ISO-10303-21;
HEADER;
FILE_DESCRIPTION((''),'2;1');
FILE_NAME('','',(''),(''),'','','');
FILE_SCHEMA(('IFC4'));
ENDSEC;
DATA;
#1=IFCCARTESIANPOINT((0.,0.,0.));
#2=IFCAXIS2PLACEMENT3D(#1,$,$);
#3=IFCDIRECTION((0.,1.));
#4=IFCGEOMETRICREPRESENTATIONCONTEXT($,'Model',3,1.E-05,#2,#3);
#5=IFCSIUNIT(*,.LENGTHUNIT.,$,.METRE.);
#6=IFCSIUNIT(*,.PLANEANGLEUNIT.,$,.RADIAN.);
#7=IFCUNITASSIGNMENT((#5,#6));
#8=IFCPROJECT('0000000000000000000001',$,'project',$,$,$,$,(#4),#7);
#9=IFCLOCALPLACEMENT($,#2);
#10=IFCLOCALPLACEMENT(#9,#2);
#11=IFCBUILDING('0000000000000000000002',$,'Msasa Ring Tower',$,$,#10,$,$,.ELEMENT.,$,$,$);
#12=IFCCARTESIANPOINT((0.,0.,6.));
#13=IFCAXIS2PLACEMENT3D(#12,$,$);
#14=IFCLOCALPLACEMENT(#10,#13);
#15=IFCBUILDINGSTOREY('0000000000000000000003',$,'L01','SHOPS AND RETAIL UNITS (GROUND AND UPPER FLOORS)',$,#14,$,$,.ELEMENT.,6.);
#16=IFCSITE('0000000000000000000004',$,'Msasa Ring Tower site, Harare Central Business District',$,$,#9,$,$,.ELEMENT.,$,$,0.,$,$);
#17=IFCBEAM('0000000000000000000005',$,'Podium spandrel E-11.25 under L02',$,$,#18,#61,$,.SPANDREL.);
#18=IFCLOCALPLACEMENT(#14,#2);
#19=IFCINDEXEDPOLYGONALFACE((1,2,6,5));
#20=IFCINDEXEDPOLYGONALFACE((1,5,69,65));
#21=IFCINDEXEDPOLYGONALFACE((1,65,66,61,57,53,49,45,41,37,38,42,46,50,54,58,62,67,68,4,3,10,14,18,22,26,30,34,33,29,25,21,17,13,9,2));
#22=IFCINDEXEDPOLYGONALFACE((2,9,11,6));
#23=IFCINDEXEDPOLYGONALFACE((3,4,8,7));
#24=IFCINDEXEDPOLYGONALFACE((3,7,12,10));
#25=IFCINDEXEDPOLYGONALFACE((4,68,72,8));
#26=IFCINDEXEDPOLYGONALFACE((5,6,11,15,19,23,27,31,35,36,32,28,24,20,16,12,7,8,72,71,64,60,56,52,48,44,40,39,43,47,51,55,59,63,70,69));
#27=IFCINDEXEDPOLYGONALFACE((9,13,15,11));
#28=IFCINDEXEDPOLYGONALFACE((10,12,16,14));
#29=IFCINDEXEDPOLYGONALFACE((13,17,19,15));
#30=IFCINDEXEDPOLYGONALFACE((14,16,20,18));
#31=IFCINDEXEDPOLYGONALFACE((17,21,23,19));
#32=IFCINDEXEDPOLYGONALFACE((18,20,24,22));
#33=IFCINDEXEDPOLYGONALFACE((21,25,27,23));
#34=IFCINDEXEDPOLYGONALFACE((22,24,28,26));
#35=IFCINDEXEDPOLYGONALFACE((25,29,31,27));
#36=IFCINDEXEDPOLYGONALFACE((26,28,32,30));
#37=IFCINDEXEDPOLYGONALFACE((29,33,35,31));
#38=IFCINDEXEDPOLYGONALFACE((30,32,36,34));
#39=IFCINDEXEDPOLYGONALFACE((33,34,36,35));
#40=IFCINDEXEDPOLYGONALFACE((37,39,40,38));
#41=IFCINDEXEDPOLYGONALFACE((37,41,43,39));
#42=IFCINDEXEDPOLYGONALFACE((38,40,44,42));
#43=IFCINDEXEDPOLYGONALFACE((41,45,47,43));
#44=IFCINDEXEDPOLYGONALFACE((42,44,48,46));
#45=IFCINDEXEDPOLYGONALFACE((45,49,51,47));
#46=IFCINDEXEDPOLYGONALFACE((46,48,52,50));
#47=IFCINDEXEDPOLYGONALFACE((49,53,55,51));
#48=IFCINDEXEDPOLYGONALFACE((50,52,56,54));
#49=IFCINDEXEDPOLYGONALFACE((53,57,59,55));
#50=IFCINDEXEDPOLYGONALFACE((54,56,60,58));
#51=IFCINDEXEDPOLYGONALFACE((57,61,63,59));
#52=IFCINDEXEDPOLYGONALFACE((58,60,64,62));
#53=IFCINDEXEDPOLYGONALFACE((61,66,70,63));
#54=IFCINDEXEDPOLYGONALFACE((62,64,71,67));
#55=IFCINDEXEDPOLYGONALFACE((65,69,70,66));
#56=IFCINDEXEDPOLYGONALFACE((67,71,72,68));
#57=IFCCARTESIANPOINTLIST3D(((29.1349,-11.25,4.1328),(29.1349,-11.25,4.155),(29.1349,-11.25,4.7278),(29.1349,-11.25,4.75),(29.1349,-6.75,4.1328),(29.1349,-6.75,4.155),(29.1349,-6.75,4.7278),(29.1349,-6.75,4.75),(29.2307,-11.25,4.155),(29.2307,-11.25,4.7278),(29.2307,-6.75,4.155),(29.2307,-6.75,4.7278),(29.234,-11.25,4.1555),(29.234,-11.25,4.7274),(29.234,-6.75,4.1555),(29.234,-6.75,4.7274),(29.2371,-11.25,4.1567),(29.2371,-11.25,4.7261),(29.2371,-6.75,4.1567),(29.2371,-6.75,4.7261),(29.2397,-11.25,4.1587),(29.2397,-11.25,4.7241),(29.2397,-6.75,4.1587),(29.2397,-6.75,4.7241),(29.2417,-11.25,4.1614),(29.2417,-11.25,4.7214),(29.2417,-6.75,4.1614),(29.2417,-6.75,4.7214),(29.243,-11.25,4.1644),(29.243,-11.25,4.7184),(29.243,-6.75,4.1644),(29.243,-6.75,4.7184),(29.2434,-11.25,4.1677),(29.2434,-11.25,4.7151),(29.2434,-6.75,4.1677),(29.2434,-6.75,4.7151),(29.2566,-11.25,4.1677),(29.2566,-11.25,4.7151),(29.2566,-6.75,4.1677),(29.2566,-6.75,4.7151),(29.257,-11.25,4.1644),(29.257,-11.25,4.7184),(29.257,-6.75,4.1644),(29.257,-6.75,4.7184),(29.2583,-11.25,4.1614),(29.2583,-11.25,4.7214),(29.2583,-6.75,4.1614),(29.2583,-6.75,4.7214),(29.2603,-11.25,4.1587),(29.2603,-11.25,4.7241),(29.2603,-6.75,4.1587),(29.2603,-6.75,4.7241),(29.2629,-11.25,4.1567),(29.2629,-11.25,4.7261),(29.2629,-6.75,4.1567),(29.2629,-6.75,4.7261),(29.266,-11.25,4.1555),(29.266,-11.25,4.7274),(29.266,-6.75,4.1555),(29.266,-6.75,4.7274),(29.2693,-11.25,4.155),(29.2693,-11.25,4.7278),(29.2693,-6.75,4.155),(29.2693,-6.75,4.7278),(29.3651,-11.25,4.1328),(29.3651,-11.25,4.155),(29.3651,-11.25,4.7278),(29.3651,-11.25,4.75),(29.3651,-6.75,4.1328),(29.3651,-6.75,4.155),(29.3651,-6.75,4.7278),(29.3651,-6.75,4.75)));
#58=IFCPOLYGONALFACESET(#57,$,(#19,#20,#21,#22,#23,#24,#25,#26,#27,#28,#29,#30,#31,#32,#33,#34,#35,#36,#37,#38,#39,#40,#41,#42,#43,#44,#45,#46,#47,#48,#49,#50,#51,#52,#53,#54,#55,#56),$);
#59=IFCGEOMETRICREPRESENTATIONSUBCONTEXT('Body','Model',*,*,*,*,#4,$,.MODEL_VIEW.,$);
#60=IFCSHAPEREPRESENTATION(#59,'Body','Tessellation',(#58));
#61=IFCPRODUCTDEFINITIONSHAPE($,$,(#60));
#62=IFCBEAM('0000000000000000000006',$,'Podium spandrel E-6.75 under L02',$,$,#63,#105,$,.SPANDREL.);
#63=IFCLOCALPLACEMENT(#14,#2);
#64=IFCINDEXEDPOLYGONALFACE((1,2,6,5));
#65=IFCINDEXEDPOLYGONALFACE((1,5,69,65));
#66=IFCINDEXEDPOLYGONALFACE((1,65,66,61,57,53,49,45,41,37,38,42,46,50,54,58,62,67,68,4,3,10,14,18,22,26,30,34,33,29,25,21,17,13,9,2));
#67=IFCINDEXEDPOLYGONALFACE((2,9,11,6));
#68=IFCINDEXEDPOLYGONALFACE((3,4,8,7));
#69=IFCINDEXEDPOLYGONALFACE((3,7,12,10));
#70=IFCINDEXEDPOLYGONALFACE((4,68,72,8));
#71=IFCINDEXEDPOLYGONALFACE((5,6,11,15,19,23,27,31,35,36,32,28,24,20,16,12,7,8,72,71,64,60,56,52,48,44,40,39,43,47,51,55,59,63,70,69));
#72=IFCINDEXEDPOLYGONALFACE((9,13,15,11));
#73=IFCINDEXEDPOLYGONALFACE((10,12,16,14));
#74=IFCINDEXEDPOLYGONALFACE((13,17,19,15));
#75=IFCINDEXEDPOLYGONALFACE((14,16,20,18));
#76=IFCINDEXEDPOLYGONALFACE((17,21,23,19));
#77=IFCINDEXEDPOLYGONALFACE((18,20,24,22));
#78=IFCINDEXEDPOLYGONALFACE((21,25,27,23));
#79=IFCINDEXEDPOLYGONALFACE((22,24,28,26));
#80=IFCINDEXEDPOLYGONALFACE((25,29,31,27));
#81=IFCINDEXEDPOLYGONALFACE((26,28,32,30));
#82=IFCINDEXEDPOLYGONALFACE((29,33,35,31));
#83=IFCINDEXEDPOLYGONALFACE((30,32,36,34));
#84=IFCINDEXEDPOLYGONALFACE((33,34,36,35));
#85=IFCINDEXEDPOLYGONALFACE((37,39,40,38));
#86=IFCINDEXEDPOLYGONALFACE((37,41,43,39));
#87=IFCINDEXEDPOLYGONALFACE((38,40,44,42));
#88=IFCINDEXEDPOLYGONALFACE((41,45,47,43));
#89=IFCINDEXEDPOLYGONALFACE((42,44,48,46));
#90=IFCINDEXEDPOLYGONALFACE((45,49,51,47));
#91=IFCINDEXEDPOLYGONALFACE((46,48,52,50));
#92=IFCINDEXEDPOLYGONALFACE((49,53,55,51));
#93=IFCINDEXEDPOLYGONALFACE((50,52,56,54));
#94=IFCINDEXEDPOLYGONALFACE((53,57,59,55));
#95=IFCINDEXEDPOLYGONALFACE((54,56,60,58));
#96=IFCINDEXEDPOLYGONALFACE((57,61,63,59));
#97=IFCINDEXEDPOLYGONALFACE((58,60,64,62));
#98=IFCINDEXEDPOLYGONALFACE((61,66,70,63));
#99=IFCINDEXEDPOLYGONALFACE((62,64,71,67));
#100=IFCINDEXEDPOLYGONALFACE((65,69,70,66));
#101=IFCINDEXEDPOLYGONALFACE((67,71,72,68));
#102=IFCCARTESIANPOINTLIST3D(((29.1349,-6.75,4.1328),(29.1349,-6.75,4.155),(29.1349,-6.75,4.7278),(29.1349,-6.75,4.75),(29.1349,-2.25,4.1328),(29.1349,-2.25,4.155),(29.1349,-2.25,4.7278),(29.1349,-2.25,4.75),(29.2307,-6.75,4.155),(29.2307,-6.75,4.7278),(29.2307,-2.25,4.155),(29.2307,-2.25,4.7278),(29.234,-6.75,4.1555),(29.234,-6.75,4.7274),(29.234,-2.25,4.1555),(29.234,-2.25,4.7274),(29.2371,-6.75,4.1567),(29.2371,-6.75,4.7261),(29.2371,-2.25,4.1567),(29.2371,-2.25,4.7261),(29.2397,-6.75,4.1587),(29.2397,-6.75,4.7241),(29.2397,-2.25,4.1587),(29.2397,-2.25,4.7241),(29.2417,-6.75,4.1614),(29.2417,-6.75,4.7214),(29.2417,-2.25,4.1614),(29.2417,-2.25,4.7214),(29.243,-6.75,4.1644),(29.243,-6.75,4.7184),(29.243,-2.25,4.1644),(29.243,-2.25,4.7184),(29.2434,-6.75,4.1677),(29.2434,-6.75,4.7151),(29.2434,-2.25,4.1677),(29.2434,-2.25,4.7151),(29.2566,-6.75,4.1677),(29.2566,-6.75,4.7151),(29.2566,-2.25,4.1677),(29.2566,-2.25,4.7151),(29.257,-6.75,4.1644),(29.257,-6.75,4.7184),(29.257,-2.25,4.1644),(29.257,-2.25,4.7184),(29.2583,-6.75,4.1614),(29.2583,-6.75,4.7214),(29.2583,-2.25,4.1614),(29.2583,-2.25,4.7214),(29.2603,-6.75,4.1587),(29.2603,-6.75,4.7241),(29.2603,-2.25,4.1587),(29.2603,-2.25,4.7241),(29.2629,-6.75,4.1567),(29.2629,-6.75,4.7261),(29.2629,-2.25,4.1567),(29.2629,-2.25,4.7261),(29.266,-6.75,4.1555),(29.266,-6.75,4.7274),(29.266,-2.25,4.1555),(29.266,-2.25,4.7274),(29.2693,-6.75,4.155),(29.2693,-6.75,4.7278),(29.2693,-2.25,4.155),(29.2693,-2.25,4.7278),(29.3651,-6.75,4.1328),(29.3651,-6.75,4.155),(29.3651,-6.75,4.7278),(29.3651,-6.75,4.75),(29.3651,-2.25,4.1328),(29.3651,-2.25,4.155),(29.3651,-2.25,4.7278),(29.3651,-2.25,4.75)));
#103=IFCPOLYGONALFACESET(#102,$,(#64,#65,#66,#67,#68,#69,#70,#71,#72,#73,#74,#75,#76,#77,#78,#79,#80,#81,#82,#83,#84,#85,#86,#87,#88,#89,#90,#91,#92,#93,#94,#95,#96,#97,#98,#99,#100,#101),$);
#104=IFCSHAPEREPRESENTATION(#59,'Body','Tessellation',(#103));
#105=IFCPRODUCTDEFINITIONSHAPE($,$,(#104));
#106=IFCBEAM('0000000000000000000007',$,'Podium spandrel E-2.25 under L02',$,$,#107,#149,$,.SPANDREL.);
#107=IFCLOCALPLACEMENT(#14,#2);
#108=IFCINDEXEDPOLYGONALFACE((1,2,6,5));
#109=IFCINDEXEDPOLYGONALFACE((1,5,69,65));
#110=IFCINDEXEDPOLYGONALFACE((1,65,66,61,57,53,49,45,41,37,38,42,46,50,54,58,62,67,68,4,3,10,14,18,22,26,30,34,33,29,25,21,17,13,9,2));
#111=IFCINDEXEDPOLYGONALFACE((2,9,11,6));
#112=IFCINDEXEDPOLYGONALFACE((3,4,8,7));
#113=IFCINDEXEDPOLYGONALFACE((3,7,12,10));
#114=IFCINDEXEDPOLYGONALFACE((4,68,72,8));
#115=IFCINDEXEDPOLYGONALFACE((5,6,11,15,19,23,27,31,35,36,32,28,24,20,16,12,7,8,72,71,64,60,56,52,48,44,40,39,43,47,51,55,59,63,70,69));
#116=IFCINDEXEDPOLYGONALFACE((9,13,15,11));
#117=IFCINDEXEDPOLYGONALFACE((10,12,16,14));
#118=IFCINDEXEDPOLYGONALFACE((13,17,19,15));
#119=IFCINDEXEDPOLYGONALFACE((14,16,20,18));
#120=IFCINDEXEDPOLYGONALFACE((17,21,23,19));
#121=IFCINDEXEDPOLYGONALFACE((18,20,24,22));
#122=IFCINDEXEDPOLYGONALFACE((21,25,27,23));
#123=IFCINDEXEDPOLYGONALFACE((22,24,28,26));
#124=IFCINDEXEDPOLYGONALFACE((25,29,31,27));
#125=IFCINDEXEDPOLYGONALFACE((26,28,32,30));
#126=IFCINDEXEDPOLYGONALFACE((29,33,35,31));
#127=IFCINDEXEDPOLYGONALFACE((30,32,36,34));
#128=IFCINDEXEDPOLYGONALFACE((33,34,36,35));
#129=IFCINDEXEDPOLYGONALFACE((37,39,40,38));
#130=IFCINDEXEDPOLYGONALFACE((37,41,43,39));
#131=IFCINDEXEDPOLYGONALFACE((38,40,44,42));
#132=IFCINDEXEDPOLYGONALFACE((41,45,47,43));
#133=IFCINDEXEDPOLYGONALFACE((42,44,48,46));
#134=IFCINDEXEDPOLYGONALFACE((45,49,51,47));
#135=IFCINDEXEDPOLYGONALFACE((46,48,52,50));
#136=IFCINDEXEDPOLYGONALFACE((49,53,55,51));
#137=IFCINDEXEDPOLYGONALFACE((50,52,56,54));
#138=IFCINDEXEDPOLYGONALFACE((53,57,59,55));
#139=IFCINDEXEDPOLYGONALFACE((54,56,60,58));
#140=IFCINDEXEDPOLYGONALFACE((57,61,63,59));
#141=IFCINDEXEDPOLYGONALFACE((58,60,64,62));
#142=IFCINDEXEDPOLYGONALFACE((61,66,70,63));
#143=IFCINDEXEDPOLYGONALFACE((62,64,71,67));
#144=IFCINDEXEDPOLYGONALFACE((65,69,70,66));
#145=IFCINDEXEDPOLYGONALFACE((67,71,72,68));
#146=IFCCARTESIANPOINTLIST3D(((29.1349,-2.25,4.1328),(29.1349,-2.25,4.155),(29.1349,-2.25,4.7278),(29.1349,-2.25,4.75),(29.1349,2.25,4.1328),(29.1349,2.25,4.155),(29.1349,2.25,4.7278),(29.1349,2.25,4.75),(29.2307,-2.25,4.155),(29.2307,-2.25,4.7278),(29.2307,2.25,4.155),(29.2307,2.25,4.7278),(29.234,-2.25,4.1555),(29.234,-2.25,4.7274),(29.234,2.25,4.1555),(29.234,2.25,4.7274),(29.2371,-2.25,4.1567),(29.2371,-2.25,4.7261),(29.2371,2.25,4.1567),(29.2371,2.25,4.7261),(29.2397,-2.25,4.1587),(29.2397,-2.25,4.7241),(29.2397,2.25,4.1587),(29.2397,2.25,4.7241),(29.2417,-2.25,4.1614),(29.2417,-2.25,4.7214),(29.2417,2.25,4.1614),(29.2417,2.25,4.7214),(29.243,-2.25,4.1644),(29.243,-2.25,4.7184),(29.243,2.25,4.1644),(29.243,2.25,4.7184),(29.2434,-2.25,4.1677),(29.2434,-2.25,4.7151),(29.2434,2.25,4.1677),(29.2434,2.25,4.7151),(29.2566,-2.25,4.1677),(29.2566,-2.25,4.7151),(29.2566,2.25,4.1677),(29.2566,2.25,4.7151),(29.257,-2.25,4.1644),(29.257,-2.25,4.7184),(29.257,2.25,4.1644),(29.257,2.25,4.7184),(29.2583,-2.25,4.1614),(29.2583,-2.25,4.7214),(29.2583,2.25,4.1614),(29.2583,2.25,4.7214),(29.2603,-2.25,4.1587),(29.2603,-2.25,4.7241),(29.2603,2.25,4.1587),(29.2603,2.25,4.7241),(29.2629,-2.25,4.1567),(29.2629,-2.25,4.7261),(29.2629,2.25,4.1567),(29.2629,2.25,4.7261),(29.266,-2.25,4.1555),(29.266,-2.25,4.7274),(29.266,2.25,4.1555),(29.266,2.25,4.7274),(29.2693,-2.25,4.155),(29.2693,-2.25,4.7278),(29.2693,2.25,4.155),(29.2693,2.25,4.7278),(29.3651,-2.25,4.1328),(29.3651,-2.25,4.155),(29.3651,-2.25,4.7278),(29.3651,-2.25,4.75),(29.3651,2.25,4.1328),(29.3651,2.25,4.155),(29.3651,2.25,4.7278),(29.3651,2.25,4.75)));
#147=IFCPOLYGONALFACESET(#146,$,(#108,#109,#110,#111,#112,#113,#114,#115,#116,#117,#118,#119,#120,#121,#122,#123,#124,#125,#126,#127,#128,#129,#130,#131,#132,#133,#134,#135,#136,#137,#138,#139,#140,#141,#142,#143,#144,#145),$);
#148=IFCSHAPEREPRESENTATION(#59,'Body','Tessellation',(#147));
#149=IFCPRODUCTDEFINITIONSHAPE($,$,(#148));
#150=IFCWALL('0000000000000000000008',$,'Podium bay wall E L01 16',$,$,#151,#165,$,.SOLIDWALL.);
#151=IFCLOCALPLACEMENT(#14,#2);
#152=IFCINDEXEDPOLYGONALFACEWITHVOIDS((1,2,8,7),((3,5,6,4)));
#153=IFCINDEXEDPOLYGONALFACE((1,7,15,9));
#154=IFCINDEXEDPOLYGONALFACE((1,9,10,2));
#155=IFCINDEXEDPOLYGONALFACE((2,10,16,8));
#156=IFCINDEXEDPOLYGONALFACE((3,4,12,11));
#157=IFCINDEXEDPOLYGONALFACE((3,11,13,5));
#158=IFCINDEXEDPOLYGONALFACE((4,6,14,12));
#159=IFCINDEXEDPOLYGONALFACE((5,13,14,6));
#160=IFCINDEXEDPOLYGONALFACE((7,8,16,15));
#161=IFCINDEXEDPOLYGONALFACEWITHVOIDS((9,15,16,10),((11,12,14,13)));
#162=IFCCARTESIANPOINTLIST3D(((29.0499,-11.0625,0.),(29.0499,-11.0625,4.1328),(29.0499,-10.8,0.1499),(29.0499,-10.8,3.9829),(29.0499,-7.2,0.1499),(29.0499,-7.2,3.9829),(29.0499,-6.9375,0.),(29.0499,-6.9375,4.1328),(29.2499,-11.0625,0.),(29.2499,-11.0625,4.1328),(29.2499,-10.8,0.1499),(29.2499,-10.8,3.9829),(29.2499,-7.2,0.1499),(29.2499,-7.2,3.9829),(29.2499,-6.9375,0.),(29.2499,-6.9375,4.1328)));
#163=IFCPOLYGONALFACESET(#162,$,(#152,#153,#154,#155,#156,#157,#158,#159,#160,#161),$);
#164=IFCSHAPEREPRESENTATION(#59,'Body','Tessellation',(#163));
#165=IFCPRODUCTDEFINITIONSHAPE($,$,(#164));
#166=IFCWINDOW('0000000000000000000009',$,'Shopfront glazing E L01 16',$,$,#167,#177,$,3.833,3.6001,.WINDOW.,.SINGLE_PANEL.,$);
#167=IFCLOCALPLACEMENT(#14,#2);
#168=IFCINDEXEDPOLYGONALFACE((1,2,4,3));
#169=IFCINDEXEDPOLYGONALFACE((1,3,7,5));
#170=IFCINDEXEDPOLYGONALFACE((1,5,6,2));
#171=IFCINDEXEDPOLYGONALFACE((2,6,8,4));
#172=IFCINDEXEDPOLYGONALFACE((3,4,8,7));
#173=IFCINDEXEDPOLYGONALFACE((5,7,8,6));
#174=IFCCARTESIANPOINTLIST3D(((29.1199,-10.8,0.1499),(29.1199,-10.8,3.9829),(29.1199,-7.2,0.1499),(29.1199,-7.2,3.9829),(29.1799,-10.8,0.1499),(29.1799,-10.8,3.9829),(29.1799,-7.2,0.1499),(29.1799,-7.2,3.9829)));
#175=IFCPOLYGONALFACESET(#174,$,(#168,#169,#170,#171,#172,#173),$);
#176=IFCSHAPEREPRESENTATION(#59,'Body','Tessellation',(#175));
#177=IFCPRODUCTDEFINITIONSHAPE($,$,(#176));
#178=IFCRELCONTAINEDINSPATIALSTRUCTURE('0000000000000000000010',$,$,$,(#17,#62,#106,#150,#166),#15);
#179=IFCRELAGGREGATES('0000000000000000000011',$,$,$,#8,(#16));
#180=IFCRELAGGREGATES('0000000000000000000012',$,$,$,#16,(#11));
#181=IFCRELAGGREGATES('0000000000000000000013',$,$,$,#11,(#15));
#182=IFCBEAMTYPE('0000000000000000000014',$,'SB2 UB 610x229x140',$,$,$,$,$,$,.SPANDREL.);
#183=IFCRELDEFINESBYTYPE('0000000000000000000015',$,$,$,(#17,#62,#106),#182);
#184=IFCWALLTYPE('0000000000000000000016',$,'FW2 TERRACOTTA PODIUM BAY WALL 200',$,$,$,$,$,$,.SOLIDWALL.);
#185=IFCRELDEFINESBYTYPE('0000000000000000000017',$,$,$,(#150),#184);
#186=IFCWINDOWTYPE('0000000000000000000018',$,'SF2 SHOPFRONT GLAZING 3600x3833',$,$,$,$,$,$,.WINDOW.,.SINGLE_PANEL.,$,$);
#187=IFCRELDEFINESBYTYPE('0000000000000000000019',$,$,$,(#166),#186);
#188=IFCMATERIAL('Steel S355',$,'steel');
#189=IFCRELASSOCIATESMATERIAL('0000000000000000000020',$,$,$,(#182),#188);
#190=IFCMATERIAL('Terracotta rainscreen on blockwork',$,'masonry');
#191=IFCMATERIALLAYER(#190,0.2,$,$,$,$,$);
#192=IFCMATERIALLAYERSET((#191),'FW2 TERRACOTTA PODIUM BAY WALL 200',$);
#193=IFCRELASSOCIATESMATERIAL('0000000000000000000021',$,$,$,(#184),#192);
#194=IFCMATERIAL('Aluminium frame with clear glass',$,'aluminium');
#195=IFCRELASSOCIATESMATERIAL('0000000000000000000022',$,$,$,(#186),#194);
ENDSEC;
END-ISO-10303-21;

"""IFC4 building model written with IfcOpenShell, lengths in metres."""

from ifc_helpers import new_model, si_unit, direction, frame, frame_2d, origin, origin_2d, place, context, subcontext, project, spatial, rectangle, i_section, extrude, material, layer, layer_set, material_profile, profile_set, type_object, element, fill, save


model = new_model("IFC4")

# Units and contexts
model_context = context("Model", 3, precision=1e-05, world=origin(), true_north=direction((0.0, 1.0)))
body_context = subcontext(model_context, "Body", "Model", "MODEL_VIEW")
ifc_project = project(units=[si_unit("LENGTHUNIT", "METRE"), si_unit("PLANEANGLEUNIT", "RADIAN")], contexts=[model_context])

# Site, building, storey
site_placement = place(None, origin())
site = spatial("IfcSite", under=ifc_project, at=site_placement, Name="Msasa Ring Tower site, Harare Central Business District", CompositionType="ELEMENT", RefElevation=0.0)
building_placement = place(site_placement, origin())
building = spatial("IfcBuilding", under=site, at=building_placement, Name="Msasa Ring Tower", CompositionType="ELEMENT")
storey_placement = place(building_placement, frame((0.0, 0.0, 6.0)))
storey = spatial("IfcBuildingStorey", under=building, at=storey_placement, Name="L01", Description="SHOPS AND RETAIL UNITS (GROUND AND UPPER FLOORS)", CompositionType="ELEMENT", Elevation=6.0)

# Beams
ifc_material_1 = material(Name="Steel S355", Category="steel")
ifc_material_profile_1 = material_profile(ifc_material_1, i_section(OverallWidth=0.2302, OverallDepth=0.6172, WebThickness=0.0132, FlangeThickness=0.0222, FilletRadius=0.0127, at=origin_2d()), Name="UB 610x229x140")
ifc_profile_set_1 = profile_set([ifc_material_profile_1], Name="Steel S355")
beam_type_1 = type_object("IfcBeamType", Name="SB2 UB 610x229x140", PredefinedType="SPANDREL", material=ifc_profile_set_1)
for number, where, z_axis, x_axis, name in (
    (1, (29.25, -11.25, 4.4414), (0.0, 1.0, 0.0), (-1.0, 0.0, 0.0), "Podium spandrel E-11.25 under L02"),
    (2, (29.25, -6.75, 4.4414), (0.0, 1.0, 0.0), (-1.0, 0.0, 0.0), "Podium spandrel E-6.75 under L02"),
    (3, (29.25, -2.25, 4.4414), (0.0, 1.0, 0.0), (-1.0, 0.0, 0.0), "Podium spandrel E-2.25 under L02"),
):
    element("IfcBeam", number, at=place(storey_placement, frame(where, z_axis=z_axis, x_axis=x_axis)), inside=storey, type_object=beam_type_1, Name=name, PredefinedType="SPANDREL", context=body_context, shape_type="SweptSolid", body=[
        extrude(i_section(OverallWidth=0.2302, OverallDepth=0.6172, WebThickness=0.0132, FlangeThickness=0.0222, FilletRadius=0.0127, at=origin_2d()), origin(), (0.0, 0.0, 1.0), 4.5),
    ])

# Wall, opening, window
ifc_material_2 = material(Name="Terracotta rainscreen on blockwork", Category="masonry")
ifc_layer_1 = layer(ifc_material_2, 0.2)
ifc_layer_set_1 = layer_set([ifc_layer_1], Name="FW2 TERRACOTTA PODIUM BAY WALL 200")
wall_type_1 = type_object("IfcWallType", Name="FW2 TERRACOTTA PODIUM BAY WALL 200", PredefinedType="SOLIDWALL", material=ifc_layer_set_1)
wall_1_placement = place(storey_placement, frame((29.1499, -11.0625, 0.0), z_axis=(0.0, 0.0, 1.0), x_axis=(0.0, 1.0, 0.0)))
wall_1 = element("IfcWall", 4, at=wall_1_placement, inside=storey, type_object=wall_type_1, Name="Podium bay wall E L01 16", PredefinedType="SOLIDWALL", context=body_context, shape_type="SweptSolid", body=[
    extrude(rectangle(XDim=4.125, YDim=0.2, at=frame_2d((2.0625, 0.0))), origin(), (0.0, 0.0, 1.0), 4.1328),
])
opening_1_placement = place(wall_1_placement, frame((0.2625, 0.0, 0.1499)))
opening_1 = element("IfcOpeningElement", 5, at=opening_1_placement, cuts=wall_1, PredefinedType="OPENING", context=body_context, shape_type="SweptSolid", body=[
    extrude(rectangle(XDim=3.6001, YDim=3.833, at=frame_2d((1.8, 1.9165))), frame((0.0, 0.1099, 0.0), z_axis=(0.0, -1.0, 0.0), x_axis=(1.0, 0.0, 0.0)), (0.0, 0.0, 1.0), 0.22),
])
ifc_material_3 = material(Name="Aluminium frame with clear glass", Category="aluminium")
window_type = type_object("IfcWindowType", Name="SF2 SHOPFRONT GLAZING 3600x3833", PartitioningType="SINGLE_PANEL", PredefinedType="WINDOW", material=ifc_material_3)
window_1_placement = place(opening_1_placement, origin())
window_1 = element("IfcWindow", 6, at=window_1_placement, inside=storey, type_object=window_type, Name="Shopfront glazing E L01 16", OverallHeight=3.833, OverallWidth=3.6001, PartitioningType="SINGLE_PANEL", PredefinedType="WINDOW", context=body_context, shape_type="SweptSolid", body=[
    extrude(rectangle(XDim=3.6001, YDim=3.833, at=frame_2d((1.8, 1.9165))), frame((0.0, 0.03, 0.0), z_axis=(0.0, -1.0, 0.0), x_axis=(1.0, 0.0, 0.0)), (0.0, 0.0, 1.0), 0.0601),
])
fill(opening_1, window_1)

save(model, "model.ifc")
